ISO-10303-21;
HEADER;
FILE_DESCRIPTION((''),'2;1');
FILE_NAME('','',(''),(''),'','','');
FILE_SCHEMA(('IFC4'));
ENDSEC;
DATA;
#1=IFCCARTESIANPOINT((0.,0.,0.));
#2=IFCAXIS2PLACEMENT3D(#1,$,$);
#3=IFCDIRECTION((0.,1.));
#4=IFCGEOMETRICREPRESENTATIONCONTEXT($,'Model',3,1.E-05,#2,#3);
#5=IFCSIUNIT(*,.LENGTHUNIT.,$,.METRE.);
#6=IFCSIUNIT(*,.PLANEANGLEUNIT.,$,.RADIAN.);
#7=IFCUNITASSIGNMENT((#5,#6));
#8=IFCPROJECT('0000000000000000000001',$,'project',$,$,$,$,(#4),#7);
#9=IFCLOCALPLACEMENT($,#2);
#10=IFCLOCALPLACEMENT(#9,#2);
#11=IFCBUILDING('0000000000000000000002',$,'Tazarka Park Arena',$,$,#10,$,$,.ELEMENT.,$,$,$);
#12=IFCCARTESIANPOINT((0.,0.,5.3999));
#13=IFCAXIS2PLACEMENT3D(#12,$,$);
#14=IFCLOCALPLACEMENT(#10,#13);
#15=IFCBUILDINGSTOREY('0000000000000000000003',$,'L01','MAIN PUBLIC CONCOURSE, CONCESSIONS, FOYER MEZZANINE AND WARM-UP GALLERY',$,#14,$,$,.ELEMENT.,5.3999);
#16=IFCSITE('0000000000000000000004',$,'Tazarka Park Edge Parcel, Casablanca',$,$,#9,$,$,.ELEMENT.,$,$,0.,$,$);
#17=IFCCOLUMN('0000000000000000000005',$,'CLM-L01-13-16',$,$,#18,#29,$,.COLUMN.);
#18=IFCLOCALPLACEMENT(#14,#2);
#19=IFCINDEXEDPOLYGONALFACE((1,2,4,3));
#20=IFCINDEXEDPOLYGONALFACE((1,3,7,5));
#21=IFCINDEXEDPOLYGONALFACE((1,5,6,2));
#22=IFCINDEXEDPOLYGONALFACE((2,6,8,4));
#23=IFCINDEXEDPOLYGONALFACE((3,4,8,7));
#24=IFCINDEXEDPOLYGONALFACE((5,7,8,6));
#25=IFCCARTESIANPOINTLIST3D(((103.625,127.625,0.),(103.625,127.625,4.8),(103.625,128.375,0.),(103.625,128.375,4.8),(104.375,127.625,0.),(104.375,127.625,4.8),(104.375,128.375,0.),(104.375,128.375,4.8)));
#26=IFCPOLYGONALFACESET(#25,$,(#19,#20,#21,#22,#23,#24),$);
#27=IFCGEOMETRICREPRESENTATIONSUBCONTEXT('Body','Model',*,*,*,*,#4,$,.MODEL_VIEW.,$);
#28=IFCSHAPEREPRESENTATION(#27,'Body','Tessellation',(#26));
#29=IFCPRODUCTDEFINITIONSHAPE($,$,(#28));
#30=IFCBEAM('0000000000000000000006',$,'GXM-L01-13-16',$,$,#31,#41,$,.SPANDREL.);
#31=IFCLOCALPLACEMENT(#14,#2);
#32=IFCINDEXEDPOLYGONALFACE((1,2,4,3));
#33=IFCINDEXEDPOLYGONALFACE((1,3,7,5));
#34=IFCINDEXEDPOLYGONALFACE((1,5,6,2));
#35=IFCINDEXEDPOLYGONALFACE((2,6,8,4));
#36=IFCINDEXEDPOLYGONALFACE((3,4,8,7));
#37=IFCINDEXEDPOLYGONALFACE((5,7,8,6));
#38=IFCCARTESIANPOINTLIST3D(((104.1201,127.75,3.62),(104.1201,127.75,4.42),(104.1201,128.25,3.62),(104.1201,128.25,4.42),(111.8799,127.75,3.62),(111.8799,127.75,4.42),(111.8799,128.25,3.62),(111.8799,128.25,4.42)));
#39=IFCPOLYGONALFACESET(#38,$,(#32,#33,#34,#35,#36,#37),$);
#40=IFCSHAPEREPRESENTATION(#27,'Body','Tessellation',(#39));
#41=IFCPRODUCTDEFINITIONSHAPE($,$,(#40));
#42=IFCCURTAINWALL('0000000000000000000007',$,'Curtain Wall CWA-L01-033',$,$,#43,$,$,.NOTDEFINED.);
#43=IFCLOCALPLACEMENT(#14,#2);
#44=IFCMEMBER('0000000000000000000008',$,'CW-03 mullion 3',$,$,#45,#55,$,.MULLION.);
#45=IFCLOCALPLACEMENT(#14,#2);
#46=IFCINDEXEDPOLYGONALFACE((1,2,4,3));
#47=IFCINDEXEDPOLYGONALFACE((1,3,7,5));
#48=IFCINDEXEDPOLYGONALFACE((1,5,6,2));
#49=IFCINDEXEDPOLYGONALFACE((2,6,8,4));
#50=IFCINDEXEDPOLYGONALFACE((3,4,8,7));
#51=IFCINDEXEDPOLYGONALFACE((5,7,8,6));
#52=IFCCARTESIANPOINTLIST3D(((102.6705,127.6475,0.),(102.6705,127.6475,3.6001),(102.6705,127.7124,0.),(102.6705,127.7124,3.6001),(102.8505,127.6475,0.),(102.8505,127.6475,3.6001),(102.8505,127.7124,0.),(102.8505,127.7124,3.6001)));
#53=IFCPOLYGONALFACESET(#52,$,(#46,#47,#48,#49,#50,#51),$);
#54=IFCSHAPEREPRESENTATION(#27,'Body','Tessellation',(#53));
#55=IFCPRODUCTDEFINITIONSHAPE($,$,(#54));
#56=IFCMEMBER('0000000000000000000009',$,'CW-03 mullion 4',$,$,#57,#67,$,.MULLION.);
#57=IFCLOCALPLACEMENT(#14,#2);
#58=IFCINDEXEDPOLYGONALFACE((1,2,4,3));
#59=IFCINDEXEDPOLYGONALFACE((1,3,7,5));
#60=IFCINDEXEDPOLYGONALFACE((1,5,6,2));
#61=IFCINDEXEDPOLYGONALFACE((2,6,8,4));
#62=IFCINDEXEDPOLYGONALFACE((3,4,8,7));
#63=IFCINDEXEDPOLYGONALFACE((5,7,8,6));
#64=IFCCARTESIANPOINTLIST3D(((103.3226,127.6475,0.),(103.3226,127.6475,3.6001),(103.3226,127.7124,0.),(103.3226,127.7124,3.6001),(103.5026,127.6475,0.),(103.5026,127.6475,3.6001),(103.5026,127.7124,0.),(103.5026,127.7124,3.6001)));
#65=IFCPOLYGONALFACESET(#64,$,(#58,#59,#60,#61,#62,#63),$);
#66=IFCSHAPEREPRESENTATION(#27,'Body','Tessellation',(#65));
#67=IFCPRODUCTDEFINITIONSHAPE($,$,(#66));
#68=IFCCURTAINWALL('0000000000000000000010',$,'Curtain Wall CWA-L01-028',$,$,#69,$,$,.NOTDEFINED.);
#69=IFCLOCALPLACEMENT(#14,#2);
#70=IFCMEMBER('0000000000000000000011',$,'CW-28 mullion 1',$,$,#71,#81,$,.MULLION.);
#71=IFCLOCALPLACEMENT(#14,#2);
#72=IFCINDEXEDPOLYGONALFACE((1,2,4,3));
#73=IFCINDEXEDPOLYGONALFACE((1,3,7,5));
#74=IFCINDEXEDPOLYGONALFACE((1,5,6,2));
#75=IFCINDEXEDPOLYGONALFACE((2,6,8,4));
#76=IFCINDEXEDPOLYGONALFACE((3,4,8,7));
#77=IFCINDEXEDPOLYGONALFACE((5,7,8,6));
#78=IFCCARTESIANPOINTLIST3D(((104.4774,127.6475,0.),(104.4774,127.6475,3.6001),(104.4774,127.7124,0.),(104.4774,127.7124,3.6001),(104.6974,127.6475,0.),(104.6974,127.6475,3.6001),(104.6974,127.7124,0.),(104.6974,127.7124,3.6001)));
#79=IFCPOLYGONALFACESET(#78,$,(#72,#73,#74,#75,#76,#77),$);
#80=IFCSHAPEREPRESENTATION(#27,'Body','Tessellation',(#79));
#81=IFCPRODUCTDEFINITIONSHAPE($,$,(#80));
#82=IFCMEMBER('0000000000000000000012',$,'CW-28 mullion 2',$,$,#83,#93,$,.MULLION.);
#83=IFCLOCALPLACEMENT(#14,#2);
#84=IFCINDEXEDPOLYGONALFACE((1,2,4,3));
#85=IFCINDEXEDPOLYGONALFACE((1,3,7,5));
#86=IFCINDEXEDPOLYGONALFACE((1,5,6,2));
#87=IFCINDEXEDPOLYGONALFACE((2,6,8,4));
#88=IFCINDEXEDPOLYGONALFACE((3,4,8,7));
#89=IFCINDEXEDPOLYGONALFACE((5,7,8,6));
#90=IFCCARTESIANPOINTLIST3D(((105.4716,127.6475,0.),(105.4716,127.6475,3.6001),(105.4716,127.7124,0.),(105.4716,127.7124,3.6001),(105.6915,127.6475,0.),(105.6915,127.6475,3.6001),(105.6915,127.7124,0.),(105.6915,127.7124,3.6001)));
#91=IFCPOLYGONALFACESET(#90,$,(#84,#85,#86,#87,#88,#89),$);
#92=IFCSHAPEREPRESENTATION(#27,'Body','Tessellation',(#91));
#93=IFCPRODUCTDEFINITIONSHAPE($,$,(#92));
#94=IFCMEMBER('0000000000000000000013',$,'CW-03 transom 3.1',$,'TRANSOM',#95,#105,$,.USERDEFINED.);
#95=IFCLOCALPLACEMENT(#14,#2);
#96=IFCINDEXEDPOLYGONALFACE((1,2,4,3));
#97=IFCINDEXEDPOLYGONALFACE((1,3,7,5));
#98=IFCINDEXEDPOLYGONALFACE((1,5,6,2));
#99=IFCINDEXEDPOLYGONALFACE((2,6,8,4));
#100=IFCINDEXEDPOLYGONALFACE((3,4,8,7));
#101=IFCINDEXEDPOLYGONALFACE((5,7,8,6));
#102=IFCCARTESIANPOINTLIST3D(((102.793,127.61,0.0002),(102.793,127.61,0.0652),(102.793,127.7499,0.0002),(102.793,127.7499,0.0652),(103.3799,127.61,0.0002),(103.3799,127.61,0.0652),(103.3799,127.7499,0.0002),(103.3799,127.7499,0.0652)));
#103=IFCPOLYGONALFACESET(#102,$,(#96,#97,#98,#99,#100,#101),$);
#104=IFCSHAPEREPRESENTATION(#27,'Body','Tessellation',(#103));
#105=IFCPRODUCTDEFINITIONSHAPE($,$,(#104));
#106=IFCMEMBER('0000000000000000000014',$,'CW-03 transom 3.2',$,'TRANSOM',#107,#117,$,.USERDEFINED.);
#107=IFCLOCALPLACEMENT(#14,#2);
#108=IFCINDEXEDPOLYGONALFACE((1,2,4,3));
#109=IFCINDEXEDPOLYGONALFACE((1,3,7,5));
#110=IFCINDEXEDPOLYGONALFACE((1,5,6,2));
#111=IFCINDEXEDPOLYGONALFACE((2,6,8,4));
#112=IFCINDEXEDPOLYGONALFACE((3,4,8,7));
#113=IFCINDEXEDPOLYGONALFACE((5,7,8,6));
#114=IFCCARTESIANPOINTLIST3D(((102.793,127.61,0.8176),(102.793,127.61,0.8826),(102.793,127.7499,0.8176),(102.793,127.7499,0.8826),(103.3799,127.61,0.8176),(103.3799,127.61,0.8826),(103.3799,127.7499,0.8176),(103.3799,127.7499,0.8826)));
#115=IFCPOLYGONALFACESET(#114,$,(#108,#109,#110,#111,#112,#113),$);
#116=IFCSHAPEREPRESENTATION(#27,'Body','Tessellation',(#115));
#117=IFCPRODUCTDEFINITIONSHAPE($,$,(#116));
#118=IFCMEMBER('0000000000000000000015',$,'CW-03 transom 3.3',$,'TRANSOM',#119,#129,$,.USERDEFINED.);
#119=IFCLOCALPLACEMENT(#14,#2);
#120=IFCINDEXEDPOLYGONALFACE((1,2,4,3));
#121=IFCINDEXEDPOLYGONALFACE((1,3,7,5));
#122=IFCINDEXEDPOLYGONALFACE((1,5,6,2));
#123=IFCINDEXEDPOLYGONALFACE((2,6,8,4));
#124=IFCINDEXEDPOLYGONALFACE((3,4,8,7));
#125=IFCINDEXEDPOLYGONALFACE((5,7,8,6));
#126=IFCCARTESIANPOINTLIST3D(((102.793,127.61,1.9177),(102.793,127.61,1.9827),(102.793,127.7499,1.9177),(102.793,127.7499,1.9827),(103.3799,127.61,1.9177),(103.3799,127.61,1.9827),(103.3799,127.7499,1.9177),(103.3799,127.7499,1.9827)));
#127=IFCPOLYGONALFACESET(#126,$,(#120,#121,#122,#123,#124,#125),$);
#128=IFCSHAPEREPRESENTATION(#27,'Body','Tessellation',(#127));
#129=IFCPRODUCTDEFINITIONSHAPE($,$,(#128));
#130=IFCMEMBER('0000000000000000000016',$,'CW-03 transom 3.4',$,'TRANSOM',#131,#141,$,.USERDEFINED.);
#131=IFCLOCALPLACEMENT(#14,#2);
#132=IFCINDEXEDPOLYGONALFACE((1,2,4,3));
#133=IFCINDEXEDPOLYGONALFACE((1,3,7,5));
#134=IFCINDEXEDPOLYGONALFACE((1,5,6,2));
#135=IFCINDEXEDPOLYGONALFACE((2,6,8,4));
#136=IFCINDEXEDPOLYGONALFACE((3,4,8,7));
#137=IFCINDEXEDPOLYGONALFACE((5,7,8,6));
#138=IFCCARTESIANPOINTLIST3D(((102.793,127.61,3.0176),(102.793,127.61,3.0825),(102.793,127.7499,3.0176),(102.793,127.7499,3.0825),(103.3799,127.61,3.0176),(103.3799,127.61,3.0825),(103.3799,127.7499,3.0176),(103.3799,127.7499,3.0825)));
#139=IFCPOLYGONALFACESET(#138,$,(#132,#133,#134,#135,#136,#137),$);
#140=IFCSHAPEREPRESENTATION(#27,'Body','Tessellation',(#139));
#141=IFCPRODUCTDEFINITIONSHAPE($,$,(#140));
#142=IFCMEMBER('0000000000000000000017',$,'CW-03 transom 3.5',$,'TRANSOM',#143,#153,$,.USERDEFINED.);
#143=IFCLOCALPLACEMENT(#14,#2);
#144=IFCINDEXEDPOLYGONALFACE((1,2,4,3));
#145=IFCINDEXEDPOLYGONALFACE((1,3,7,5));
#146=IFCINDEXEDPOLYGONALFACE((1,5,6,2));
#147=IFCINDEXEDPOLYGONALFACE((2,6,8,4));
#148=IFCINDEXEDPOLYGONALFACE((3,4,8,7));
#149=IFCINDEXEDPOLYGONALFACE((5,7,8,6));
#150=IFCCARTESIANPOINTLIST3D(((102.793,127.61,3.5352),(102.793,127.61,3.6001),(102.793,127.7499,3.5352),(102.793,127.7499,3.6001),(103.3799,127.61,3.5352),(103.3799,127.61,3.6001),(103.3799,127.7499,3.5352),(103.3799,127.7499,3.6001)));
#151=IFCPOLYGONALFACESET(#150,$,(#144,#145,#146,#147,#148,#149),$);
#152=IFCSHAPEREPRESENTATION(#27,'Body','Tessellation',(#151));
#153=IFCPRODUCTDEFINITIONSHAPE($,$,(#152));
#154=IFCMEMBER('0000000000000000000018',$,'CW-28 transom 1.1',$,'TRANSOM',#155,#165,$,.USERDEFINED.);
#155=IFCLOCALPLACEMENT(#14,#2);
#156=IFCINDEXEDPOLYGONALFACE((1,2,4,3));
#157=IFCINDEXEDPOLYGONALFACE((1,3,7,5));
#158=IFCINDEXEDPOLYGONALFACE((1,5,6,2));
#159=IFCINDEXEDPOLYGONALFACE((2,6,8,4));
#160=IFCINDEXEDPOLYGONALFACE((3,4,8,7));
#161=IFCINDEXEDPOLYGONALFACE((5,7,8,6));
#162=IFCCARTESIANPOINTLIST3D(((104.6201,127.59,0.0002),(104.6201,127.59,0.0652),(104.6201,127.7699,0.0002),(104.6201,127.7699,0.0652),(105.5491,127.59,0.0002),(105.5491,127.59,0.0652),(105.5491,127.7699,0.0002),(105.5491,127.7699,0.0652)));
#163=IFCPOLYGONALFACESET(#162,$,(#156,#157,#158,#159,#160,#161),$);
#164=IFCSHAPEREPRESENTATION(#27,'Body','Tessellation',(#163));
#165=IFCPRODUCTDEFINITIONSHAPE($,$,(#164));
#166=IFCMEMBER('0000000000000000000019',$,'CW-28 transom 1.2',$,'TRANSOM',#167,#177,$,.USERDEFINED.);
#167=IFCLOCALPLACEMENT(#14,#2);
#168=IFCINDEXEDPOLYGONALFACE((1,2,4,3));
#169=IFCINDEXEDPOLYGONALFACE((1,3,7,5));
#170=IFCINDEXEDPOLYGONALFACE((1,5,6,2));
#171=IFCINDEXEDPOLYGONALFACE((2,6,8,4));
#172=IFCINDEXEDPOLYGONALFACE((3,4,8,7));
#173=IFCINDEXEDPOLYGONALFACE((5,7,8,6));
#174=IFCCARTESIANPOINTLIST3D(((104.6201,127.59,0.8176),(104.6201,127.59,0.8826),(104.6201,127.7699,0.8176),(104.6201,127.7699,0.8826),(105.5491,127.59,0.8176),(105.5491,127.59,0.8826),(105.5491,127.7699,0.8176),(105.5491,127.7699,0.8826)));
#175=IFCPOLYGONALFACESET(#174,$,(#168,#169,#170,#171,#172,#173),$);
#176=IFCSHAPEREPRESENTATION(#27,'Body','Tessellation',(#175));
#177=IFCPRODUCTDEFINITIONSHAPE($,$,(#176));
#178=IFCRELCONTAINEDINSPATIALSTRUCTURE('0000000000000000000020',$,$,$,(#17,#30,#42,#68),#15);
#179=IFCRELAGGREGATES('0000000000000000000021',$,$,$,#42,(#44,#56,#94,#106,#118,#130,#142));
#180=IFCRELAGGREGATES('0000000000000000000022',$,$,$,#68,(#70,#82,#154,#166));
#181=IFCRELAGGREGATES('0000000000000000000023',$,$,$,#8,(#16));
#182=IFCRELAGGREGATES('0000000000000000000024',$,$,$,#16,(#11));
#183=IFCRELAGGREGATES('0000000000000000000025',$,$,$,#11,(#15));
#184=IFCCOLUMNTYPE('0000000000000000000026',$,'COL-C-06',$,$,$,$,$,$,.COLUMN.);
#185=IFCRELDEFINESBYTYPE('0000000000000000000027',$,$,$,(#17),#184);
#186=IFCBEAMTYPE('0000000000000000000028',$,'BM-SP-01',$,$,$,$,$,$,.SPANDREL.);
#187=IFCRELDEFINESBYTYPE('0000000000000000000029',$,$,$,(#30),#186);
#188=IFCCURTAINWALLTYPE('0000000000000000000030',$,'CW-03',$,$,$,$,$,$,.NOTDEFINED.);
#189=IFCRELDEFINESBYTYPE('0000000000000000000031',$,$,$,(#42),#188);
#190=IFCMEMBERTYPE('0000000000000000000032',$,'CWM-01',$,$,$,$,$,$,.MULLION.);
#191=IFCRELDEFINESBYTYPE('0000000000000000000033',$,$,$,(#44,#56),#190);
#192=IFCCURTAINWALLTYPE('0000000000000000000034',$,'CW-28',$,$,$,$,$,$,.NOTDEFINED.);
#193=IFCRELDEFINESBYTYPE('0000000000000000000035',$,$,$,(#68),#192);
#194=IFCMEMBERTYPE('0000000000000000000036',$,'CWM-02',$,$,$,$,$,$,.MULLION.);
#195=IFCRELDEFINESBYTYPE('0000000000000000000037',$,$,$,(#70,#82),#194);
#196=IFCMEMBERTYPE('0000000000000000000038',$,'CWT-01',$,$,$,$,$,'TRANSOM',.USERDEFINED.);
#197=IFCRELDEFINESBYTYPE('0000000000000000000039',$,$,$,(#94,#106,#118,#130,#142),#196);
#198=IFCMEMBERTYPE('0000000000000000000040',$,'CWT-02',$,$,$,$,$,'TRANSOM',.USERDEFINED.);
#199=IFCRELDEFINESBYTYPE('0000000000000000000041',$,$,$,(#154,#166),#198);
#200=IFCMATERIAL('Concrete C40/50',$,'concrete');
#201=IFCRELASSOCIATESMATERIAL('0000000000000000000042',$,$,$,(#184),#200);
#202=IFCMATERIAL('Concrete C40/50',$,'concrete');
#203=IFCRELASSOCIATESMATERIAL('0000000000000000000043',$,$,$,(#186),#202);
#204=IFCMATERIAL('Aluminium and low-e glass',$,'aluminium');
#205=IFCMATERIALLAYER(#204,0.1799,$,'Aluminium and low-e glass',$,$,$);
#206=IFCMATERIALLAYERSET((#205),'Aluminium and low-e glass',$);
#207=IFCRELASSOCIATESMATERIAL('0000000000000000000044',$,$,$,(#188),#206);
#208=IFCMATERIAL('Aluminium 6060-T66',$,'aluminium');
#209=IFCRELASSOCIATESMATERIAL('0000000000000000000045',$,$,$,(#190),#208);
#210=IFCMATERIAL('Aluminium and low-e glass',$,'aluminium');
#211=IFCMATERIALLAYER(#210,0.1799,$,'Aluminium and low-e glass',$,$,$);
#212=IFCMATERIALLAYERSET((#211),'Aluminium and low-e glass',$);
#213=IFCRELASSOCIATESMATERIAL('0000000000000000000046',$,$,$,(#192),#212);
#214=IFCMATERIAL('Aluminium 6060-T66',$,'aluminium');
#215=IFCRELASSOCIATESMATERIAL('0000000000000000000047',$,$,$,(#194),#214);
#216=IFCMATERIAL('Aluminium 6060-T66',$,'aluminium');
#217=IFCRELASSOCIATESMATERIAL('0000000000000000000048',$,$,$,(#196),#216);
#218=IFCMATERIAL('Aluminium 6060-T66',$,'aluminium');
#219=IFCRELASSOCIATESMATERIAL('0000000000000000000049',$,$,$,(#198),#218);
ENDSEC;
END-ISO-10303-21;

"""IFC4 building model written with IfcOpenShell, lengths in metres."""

from ifc_helpers import new_model, si_unit, direction, frame, origin, origin_2d, place, context, subcontext, project, spatial, rectangle, extrude, material, layer, layer_set, material_profile, profile_set, type_object, element, aggregate, save


model = new_model("IFC4")

# Units and contexts
model_context = context("Model", 3, precision=1e-05, world=origin(), true_north=direction((0.0, 1.0)))
body_context = subcontext(model_context, "Body", "Model", "MODEL_VIEW")
ifc_project = project(units=[si_unit("LENGTHUNIT", "METRE"), si_unit("PLANEANGLEUNIT", "RADIAN")], contexts=[model_context])

# Site, building, storey
site_placement = place(None, origin())
site = spatial("IfcSite", under=ifc_project, at=site_placement, Name="Tazarka Park Edge Parcel, Casablanca", CompositionType="ELEMENT", RefElevation=0.0)
building_placement = place(site_placement, origin())
building = spatial("IfcBuilding", under=site, at=building_placement, Name="Tazarka Park Arena", CompositionType="ELEMENT")
storey_placement = place(building_placement, frame((0.0, 0.0, 5.3999)))
storey = spatial("IfcBuildingStorey", under=building, at=storey_placement, Name="L01", Description="MAIN PUBLIC CONCOURSE, CONCESSIONS, FOYER MEZZANINE AND WARM-UP GALLERY", CompositionType="ELEMENT", Elevation=5.3999)

# Column
ifc_material_1 = material(Name="Concrete C40/50", Category="concrete")
ifc_material_profile_1 = material_profile(ifc_material_1, rectangle(XDim=0.75, YDim=0.75, at=origin_2d()), Name="Concrete C40/50")
ifc_profile_set_1 = profile_set([ifc_material_profile_1], Name="Concrete C40/50")
column_type = type_object("IfcColumnType", Name="COL-C-06", PredefinedType="COLUMN", material=ifc_profile_set_1)
column_placement = place(storey_placement, frame((104.0, 128.0, 0.0), z_axis=(0.0, 0.0, 1.0), x_axis=(1.0, 0.0, 0.0)))
element("IfcColumn", 1, at=column_placement, inside=storey, type_object=column_type, Name="CLM-L01-13-16", PredefinedType="COLUMN", context=body_context, shape_type="SweptSolid", body=[
    extrude(rectangle(XDim=0.75, YDim=0.75, at=origin_2d()), origin(), (0.0, 0.0, 1.0), 4.8),
])

# Beam
ifc_material_2 = material(Name="Concrete C40/50", Category="concrete")
ifc_material_profile_2 = material_profile(ifc_material_2, rectangle(XDim=0.5, YDim=0.8, at=origin_2d()), Name="Concrete C40/50")
ifc_profile_set_2 = profile_set([ifc_material_profile_2], Name="Concrete C40/50")
beam_type = type_object("IfcBeamType", Name="BM-SP-01", PredefinedType="SPANDREL", material=ifc_profile_set_2)
beam_placement = place(storey_placement, frame((104.1201, 128.0, 4.02), z_axis=(1.0, 0.0, 0.0), x_axis=(0.0, 1.0, 0.0)))
element("IfcBeam", 2, at=beam_placement, inside=storey, type_object=beam_type, Name="GXM-L01-13-16", PredefinedType="SPANDREL", context=body_context, shape_type="SweptSolid", body=[
    extrude(rectangle(XDim=0.5, YDim=0.8, at=origin_2d()), origin(), (0.0, 0.0, 1.0), 7.7598),
])

# Curtain walls, members
ifc_material_3 = material(Name="Aluminium and low-e glass", Category="aluminium")
ifc_layer_1 = layer(ifc_material_3, 0.1799, Name="Aluminium and low-e glass")
ifc_layer_set_1 = layer_set([ifc_layer_1], Name="Aluminium and low-e glass")
curtain_wall_type_1 = type_object("IfcCurtainWallType", Name="CW-03", PredefinedType="NOTDEFINED", material=ifc_layer_set_1)
curtain_wall_1_placement = place(storey_placement, origin())
curtain_wall_1 = element("IfcCurtainWall", 3, at=curtain_wall_1_placement, inside=storey, type_object=curtain_wall_type_1, Name="Curtain Wall CWA-L01-033", PredefinedType="NOTDEFINED")
ifc_material_4 = material(Name="Aluminium 6060-T66", Category="aluminium")
ifc_material_profile_3 = material_profile(ifc_material_4, rectangle(XDim=0.0649, YDim=0.1799, at=origin_2d()), Name="Aluminium 6060-T66")
ifc_profile_set_3 = profile_set([ifc_material_profile_3], Name="Aluminium 6060-T66")
member_type_1 = type_object("IfcMemberType", Name="CWM-01", PredefinedType="MULLION", material=ifc_profile_set_3)
member_1_placement = place(storey_placement, frame((102.7605, 127.6799, 0.0), z_axis=(0.0, 0.0, 1.0), x_axis=(0.0, 1.0, 0.0)))
member_1 = element("IfcMember", 4, at=member_1_placement, type_object=member_type_1, Name="CW-03 mullion 3", PredefinedType="MULLION", context=body_context, shape_type="SweptSolid", body=[
    extrude(rectangle(XDim=0.0649, YDim=0.1799, at=origin_2d()), origin(), (0.0, 0.0, 1.0), 3.6001),
])
member_2_placement = place(storey_placement, frame((103.4126, 127.6799, 0.0), z_axis=(0.0, 0.0, 1.0), x_axis=(0.0, 1.0, 0.0)))
member_2 = element("IfcMember", 5, at=member_2_placement, type_object=member_type_1, Name="CW-03 mullion 4", PredefinedType="MULLION", context=body_context, shape_type="SweptSolid", body=[
    extrude(rectangle(XDim=0.0649, YDim=0.1799, at=origin_2d()), origin(), (0.0, 0.0, 1.0), 3.6001),
])
ifc_material_5 = material(Name="Aluminium and low-e glass", Category="aluminium")
ifc_layer_2 = layer(ifc_material_5, 0.1799, Name="Aluminium and low-e glass")
ifc_layer_set_2 = layer_set([ifc_layer_2], Name="Aluminium and low-e glass")
curtain_wall_type_2 = type_object("IfcCurtainWallType", Name="CW-28", PredefinedType="NOTDEFINED", material=ifc_layer_set_2)
curtain_wall_2_placement = place(storey_placement, origin())
curtain_wall_2 = element("IfcCurtainWall", 6, at=curtain_wall_2_placement, inside=storey, type_object=curtain_wall_type_2, Name="Curtain Wall CWA-L01-028", PredefinedType="NOTDEFINED")
ifc_material_6 = material(Name="Aluminium 6060-T66", Category="aluminium")
ifc_material_profile_4 = material_profile(ifc_material_6, rectangle(XDim=0.0649, YDim=0.22, at=origin_2d()), Name="Aluminium 6060-T66")
ifc_profile_set_4 = profile_set([ifc_material_profile_4], Name="Aluminium 6060-T66")
member_type_2 = type_object("IfcMemberType", Name="CWM-02", PredefinedType="MULLION", material=ifc_profile_set_4)
member_3_placement = place(storey_placement, frame((104.5874, 127.6799, 0.0), z_axis=(0.0, 0.0, 1.0), x_axis=(0.0, 1.0, 0.0)))
member_3 = element("IfcMember", 7, at=member_3_placement, type_object=member_type_2, Name="CW-28 mullion 1", PredefinedType="MULLION", context=body_context, shape_type="SweptSolid", body=[
    extrude(rectangle(XDim=0.0649, YDim=0.22, at=origin_2d()), origin(), (0.0, 0.0, 1.0), 3.6001),
])
member_4_placement = place(storey_placement, frame((105.5815, 127.6799, 0.0), z_axis=(0.0, 0.0, 1.0), x_axis=(0.0, 1.0, 0.0)))
member_4 = element("IfcMember", 8, at=member_4_placement, type_object=member_type_2, Name="CW-28 mullion 2", PredefinedType="MULLION", context=body_context, shape_type="SweptSolid", body=[
    extrude(rectangle(XDim=0.0649, YDim=0.22, at=origin_2d()), origin(), (0.0, 0.0, 1.0), 3.6001),
])

# Members
ifc_material_7 = material(Name="Aluminium 6060-T66", Category="aluminium")
ifc_material_profile_5 = material_profile(ifc_material_7, rectangle(XDim=0.1399, YDim=0.0649, at=origin_2d()), Name="Aluminium 6060-T66")
ifc_profile_set_5 = profile_set([ifc_material_profile_5], Name="Aluminium 6060-T66")
member_type_3 = type_object("IfcMemberType", Name="CWT-01", ElementType="TRANSOM", PredefinedType="USERDEFINED", material=ifc_profile_set_5)
member_5_placement = place(storey_placement, frame((102.793, 127.6799, 0.0327), z_axis=(1.0, 0.0, 0.0), x_axis=(0.0, 1.0, 0.0)))
member_5 = element("IfcMember", 9, at=member_5_placement, type_object=member_type_3, Name="CW-03 transom 3.1", ObjectType="TRANSOM", PredefinedType="USERDEFINED", context=body_context, shape_type="SweptSolid", body=[
    extrude(rectangle(XDim=0.1399, YDim=0.0649, at=origin_2d()), origin(), (0.0, 0.0, 1.0), 0.5869),
])
member_6_placement = place(storey_placement, frame((102.793, 127.6799, 0.8501), z_axis=(1.0, 0.0, 0.0), x_axis=(0.0, 1.0, 0.0)))
member_6 = element("IfcMember", 10, at=member_6_placement, type_object=member_type_3, Name="CW-03 transom 3.2", ObjectType="TRANSOM", PredefinedType="USERDEFINED", context=body_context, shape_type="SweptSolid", body=[
    extrude(rectangle(XDim=0.1399, YDim=0.0649, at=origin_2d()), origin(), (0.0, 0.0, 1.0), 0.5869),
])
member_7_placement = place(storey_placement, frame((102.793, 127.6799, 1.9502), z_axis=(1.0, 0.0, 0.0), x_axis=(0.0, 1.0, 0.0)))
member_7 = element("IfcMember", 11, at=member_7_placement, type_object=member_type_3, Name="CW-03 transom 3.3", ObjectType="TRANSOM", PredefinedType="USERDEFINED", context=body_context, shape_type="SweptSolid", body=[
    extrude(rectangle(XDim=0.1399, YDim=0.0649, at=origin_2d()), origin(), (0.0, 0.0, 1.0), 0.5869),
])
member_8_placement = place(storey_placement, frame((102.793, 127.6799, 3.05), z_axis=(1.0, 0.0, 0.0), x_axis=(0.0, 1.0, 0.0)))
member_8 = element("IfcMember", 12, at=member_8_placement, type_object=member_type_3, Name="CW-03 transom 3.4", ObjectType="TRANSOM", PredefinedType="USERDEFINED", context=body_context, shape_type="SweptSolid", body=[
    extrude(rectangle(XDim=0.1399, YDim=0.0649, at=origin_2d()), origin(), (0.0, 0.0, 1.0), 0.5869),
])
member_9_placement = place(storey_placement, frame((102.793, 127.6799, 3.5676), z_axis=(1.0, 0.0, 0.0), x_axis=(0.0, 1.0, 0.0)))
member_9 = element("IfcMember", 13, at=member_9_placement, type_object=member_type_3, Name="CW-03 transom 3.5", ObjectType="TRANSOM", PredefinedType="USERDEFINED", context=body_context, shape_type="SweptSolid", body=[
    extrude(rectangle(XDim=0.1399, YDim=0.0649, at=origin_2d()), origin(), (0.0, 0.0, 1.0), 0.5869),
])
ifc_material_8 = material(Name="Aluminium 6060-T66", Category="aluminium")
ifc_material_profile_6 = material_profile(ifc_material_8, rectangle(XDim=0.1799, YDim=0.0649, at=origin_2d()), Name="Aluminium 6060-T66")
ifc_profile_set_6 = profile_set([ifc_material_profile_6], Name="Aluminium 6060-T66")
member_type_4 = type_object("IfcMemberType", Name="CWT-02", ElementType="TRANSOM", PredefinedType="USERDEFINED", material=ifc_profile_set_6)
member_10_placement = place(storey_placement, frame((104.6201, 127.6799, 0.0327), z_axis=(1.0, 0.0, 0.0), x_axis=(0.0, 1.0, 0.0)))
member_10 = element("IfcMember", 14, at=member_10_placement, type_object=member_type_4, Name="CW-28 transom 1.1", ObjectType="TRANSOM", PredefinedType="USERDEFINED", context=body_context, shape_type="SweptSolid", body=[
    extrude(rectangle(XDim=0.1799, YDim=0.0649, at=origin_2d()), origin(), (0.0, 0.0, 1.0), 0.929),
])
member_11_placement = place(storey_placement, frame((104.6201, 127.6799, 0.8501), z_axis=(1.0, 0.0, 0.0), x_axis=(0.0, 1.0, 0.0)))
member_11 = element("IfcMember", 15, at=member_11_placement, type_object=member_type_4, Name="CW-28 transom 1.2", ObjectType="TRANSOM", PredefinedType="USERDEFINED", context=body_context, shape_type="SweptSolid", body=[
    extrude(rectangle(XDim=0.1799, YDim=0.0649, at=origin_2d()), origin(), (0.0, 0.0, 1.0), 0.929),
])

aggregate(curtain_wall_1, [member_1, member_2, member_5, member_6, member_7, member_8, member_9])
aggregate(curtain_wall_2, [member_3, member_4, member_10, member_11])

save(model, "model.ifc")
